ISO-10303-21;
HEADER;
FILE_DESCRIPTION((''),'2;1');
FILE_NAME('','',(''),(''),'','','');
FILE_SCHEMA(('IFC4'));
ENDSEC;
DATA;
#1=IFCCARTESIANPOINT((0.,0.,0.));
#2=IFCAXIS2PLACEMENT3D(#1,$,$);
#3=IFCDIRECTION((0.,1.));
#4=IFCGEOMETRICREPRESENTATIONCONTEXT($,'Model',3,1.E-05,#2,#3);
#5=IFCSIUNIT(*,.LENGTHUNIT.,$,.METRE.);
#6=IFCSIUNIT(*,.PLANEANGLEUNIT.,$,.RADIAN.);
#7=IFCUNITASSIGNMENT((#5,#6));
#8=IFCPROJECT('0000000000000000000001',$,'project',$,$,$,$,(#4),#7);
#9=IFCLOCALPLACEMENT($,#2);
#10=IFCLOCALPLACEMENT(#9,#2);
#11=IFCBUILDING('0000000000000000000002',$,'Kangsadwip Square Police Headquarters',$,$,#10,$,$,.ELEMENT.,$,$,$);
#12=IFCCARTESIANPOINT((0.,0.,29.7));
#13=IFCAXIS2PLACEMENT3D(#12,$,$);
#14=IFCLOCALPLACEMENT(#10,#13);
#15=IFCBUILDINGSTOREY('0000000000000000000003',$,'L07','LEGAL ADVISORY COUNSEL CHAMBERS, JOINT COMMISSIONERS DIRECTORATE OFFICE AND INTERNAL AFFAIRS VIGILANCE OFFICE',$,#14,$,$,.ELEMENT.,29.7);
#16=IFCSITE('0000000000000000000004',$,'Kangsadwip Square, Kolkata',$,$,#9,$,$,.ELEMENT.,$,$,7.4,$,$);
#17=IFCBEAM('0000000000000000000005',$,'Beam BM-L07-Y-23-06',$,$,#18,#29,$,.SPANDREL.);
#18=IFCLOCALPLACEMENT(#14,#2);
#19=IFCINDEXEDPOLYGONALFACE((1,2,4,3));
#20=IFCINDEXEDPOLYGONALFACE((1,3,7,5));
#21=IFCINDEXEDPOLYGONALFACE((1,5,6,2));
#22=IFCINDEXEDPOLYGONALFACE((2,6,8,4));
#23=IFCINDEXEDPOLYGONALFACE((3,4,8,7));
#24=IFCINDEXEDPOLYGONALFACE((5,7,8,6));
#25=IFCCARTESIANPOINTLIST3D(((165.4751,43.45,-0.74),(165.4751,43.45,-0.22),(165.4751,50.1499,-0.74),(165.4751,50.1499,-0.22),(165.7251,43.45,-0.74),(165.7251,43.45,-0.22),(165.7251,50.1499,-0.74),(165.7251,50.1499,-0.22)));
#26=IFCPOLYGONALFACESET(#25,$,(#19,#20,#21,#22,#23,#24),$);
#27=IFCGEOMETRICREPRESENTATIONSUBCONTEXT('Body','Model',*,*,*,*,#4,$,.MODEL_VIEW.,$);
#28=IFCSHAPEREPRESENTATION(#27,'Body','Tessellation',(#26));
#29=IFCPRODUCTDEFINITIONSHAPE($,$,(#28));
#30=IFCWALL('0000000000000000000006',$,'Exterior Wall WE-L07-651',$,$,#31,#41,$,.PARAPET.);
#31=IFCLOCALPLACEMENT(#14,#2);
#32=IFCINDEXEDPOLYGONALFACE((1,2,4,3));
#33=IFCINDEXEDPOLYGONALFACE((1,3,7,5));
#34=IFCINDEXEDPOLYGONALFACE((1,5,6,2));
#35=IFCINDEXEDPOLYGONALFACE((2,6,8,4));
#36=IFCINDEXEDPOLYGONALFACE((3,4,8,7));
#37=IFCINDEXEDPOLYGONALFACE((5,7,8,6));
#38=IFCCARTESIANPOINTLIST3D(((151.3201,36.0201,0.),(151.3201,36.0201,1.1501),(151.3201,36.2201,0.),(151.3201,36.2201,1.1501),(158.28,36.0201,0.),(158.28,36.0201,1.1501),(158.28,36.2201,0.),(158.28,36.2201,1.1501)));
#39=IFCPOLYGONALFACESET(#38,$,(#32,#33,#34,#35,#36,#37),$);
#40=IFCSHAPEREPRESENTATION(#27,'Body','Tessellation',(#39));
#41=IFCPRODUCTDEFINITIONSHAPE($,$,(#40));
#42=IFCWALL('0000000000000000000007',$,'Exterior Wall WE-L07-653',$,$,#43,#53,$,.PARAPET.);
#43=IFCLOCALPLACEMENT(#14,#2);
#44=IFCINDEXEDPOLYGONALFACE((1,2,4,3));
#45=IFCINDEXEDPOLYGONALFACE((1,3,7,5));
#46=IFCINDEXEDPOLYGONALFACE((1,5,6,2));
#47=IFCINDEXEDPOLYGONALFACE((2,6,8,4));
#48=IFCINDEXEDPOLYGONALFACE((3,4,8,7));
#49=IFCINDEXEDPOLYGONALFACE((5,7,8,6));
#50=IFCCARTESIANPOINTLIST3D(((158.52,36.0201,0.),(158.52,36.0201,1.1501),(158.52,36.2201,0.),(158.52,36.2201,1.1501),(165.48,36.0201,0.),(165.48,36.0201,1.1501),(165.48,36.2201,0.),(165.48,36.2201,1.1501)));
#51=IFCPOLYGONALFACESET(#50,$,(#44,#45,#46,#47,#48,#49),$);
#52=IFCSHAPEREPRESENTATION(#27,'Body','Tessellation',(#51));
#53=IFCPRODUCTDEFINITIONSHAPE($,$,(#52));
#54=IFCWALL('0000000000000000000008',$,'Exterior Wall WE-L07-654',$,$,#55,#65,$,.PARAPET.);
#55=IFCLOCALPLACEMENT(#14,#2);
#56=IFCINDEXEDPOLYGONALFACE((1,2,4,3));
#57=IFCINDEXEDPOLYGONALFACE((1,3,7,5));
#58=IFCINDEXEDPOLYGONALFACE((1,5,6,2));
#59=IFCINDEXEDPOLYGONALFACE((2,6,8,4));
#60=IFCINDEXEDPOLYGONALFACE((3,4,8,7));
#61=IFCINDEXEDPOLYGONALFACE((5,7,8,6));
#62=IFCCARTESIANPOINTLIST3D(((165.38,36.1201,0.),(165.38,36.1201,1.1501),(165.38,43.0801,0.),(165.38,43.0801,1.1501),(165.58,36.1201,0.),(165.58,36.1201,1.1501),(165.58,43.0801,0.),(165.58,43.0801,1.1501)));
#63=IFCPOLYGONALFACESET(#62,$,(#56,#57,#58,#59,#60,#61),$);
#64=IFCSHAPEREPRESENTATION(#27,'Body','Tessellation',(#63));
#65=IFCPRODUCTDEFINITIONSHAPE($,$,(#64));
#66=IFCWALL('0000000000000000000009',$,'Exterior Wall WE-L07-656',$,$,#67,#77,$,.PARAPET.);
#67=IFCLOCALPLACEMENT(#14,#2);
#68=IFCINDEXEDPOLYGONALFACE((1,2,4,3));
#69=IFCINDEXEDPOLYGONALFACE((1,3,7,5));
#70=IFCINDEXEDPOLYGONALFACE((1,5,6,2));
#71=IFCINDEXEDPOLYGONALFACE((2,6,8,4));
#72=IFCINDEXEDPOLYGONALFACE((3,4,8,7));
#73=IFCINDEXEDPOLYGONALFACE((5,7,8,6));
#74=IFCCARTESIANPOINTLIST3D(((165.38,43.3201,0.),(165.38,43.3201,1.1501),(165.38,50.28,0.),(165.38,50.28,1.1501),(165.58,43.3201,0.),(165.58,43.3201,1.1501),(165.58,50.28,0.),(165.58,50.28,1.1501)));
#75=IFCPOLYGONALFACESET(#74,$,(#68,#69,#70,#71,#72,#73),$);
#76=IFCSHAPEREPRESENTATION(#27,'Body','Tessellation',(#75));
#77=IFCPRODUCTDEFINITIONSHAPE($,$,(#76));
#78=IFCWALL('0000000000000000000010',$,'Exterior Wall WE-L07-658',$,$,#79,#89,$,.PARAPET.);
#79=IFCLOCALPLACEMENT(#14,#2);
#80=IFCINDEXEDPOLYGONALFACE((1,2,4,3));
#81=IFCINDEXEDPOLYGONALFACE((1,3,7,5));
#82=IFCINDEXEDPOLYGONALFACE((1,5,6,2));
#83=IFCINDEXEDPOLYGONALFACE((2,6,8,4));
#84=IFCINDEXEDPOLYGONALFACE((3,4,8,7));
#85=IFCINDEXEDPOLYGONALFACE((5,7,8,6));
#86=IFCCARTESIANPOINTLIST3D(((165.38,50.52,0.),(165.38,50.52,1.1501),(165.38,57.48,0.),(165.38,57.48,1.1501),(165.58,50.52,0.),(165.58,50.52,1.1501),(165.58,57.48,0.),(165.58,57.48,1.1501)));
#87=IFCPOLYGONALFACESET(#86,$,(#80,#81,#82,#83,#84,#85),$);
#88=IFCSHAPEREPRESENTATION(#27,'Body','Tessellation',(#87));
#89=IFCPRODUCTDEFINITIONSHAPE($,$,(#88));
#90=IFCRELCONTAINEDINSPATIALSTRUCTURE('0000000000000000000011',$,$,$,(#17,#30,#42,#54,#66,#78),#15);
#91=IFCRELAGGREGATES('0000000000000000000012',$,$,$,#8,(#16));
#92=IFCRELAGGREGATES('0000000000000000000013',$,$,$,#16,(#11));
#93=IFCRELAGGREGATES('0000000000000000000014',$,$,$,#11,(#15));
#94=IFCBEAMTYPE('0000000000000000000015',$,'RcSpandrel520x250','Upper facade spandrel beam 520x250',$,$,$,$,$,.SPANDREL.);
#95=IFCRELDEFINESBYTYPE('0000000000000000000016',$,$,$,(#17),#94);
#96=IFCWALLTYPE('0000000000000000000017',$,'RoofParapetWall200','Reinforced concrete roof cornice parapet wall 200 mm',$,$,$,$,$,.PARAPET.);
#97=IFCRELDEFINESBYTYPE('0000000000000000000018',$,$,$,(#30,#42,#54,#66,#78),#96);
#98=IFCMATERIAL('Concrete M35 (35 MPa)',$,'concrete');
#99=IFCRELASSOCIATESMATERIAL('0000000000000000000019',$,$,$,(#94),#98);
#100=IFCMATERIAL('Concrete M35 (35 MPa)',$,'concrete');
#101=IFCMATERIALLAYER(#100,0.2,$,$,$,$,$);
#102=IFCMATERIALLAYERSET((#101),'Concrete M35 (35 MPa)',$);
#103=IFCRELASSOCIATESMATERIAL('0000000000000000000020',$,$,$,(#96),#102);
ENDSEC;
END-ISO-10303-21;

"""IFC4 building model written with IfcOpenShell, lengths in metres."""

from ifc_helpers import new_model, si_unit, direction, frame, frame_2d, origin, origin_2d, place, context, subcontext, project, spatial, rectangle, extrude, material, layer, layer_set, material_profile, profile_set, type_object, element, save


model = new_model("IFC4")

# Units and contexts
model_context = context("Model", 3, precision=1e-05, world=origin(), true_north=direction((0.0, 1.0)))
body_context = subcontext(model_context, "Body", "Model", "MODEL_VIEW")
ifc_project = project(units=[si_unit("LENGTHUNIT", "METRE"), si_unit("PLANEANGLEUNIT", "RADIAN")], contexts=[model_context])

# Site, building, storey
site_placement = place(None, origin())
site = spatial("IfcSite", under=ifc_project, at=site_placement, Name="Kangsadwip Square, Kolkata", CompositionType="ELEMENT", RefElevation=7.4)
building_placement = place(site_placement, origin())
building = spatial("IfcBuilding", under=site, at=building_placement, Name="Kangsadwip Square Police Headquarters", CompositionType="ELEMENT")
storey_placement = place(building_placement, frame((0.0, 0.0, 29.7)))
storey = spatial("IfcBuildingStorey", under=building, at=storey_placement, Name="L07", Description="LEGAL ADVISORY COUNSEL CHAMBERS, JOINT COMMISSIONERS DIRECTORATE OFFICE AND INTERNAL AFFAIRS VIGILANCE OFFICE", CompositionType="ELEMENT", Elevation=29.7)

# Beam
ifc_material_1 = material(Name="Concrete M35 (35 MPa)", Category="concrete")
ifc_material_profile_1 = material_profile(ifc_material_1, rectangle(XDim=0.25, YDim=0.52, at=origin_2d()), Name="RC SPN 520X250")
ifc_profile_set_1 = profile_set([ifc_material_profile_1], Name="Concrete M35 (35 MPa)")
beam_type_1 = type_object("IfcBeamType", Name="RcSpandrel520x250", Description="Upper facade spandrel beam 520x250", PredefinedType="SPANDREL", material=ifc_profile_set_1)
for number, where, z_axis, x_axis, name in (
    (1, (165.6001, 43.45, -0.48), (0.0, 1.0, 0.0), (-1.0, 0.0, 0.0), "Beam BM-L07-Y-23-06"),
):
    element("IfcBeam", number, at=place(storey_placement, frame(where, z_axis=z_axis, x_axis=x_axis)), inside=storey, type_object=beam_type_1, Name=name, PredefinedType="SPANDREL", context=body_context, shape_type="SweptSolid", body=[
        extrude(rectangle(XDim=0.25, YDim=0.52, at=origin_2d()), origin(), (0.0, 0.0, 1.0), 6.7),
    ])

# Walls
ifc_material_2 = material(Name="Concrete M35 (35 MPa)", Category="concrete")
ifc_layer = layer(ifc_material_2, 0.2)
ifc_layer_set = layer_set([ifc_layer], Name="Concrete M35 (35 MPa)")
wall_type = type_object("IfcWallType", Name="RoofParapetWall200", Description="Reinforced concrete roof cornice parapet wall 200 mm", PredefinedType="PARAPET", material=ifc_layer_set)
for number, where, z_axis, x_axis, name in (
    (2, (151.3201, 36.1201, 0.0), (0.0, 0.0, 1.0), (1.0, 0.0, 0.0), "Exterior Wall WE-L07-651"),
    (3, (158.52, 36.1201, 0.0), (0.0, 0.0, 1.0), (1.0, 0.0, 0.0), "Exterior Wall WE-L07-653"),
    (4, (165.48, 36.1201, 0.0), (0.0, 0.0, 1.0), (0.0, 1.0, 0.0), "Exterior Wall WE-L07-654"),
    (5, (165.48, 43.3201, 0.0), (0.0, 0.0, 1.0), (0.0, 1.0, 0.0), "Exterior Wall WE-L07-656"),
    (6, (165.48, 50.52, 0.0), (0.0, 0.0, 1.0), (0.0, 1.0, 0.0), "Exterior Wall WE-L07-658"),
):
    element("IfcWall", number, at=place(storey_placement, frame(where, z_axis=z_axis, x_axis=x_axis)), inside=storey, type_object=wall_type, Name=name, PredefinedType="PARAPET", context=body_context, shape_type="SweptSolid", body=[
        extrude(rectangle(XDim=6.96, YDim=0.2, at=frame_2d((3.48, 0.0))), origin(), (0.0, 0.0, 1.0), 1.1501),
    ])

save(model, "model.ifc")
